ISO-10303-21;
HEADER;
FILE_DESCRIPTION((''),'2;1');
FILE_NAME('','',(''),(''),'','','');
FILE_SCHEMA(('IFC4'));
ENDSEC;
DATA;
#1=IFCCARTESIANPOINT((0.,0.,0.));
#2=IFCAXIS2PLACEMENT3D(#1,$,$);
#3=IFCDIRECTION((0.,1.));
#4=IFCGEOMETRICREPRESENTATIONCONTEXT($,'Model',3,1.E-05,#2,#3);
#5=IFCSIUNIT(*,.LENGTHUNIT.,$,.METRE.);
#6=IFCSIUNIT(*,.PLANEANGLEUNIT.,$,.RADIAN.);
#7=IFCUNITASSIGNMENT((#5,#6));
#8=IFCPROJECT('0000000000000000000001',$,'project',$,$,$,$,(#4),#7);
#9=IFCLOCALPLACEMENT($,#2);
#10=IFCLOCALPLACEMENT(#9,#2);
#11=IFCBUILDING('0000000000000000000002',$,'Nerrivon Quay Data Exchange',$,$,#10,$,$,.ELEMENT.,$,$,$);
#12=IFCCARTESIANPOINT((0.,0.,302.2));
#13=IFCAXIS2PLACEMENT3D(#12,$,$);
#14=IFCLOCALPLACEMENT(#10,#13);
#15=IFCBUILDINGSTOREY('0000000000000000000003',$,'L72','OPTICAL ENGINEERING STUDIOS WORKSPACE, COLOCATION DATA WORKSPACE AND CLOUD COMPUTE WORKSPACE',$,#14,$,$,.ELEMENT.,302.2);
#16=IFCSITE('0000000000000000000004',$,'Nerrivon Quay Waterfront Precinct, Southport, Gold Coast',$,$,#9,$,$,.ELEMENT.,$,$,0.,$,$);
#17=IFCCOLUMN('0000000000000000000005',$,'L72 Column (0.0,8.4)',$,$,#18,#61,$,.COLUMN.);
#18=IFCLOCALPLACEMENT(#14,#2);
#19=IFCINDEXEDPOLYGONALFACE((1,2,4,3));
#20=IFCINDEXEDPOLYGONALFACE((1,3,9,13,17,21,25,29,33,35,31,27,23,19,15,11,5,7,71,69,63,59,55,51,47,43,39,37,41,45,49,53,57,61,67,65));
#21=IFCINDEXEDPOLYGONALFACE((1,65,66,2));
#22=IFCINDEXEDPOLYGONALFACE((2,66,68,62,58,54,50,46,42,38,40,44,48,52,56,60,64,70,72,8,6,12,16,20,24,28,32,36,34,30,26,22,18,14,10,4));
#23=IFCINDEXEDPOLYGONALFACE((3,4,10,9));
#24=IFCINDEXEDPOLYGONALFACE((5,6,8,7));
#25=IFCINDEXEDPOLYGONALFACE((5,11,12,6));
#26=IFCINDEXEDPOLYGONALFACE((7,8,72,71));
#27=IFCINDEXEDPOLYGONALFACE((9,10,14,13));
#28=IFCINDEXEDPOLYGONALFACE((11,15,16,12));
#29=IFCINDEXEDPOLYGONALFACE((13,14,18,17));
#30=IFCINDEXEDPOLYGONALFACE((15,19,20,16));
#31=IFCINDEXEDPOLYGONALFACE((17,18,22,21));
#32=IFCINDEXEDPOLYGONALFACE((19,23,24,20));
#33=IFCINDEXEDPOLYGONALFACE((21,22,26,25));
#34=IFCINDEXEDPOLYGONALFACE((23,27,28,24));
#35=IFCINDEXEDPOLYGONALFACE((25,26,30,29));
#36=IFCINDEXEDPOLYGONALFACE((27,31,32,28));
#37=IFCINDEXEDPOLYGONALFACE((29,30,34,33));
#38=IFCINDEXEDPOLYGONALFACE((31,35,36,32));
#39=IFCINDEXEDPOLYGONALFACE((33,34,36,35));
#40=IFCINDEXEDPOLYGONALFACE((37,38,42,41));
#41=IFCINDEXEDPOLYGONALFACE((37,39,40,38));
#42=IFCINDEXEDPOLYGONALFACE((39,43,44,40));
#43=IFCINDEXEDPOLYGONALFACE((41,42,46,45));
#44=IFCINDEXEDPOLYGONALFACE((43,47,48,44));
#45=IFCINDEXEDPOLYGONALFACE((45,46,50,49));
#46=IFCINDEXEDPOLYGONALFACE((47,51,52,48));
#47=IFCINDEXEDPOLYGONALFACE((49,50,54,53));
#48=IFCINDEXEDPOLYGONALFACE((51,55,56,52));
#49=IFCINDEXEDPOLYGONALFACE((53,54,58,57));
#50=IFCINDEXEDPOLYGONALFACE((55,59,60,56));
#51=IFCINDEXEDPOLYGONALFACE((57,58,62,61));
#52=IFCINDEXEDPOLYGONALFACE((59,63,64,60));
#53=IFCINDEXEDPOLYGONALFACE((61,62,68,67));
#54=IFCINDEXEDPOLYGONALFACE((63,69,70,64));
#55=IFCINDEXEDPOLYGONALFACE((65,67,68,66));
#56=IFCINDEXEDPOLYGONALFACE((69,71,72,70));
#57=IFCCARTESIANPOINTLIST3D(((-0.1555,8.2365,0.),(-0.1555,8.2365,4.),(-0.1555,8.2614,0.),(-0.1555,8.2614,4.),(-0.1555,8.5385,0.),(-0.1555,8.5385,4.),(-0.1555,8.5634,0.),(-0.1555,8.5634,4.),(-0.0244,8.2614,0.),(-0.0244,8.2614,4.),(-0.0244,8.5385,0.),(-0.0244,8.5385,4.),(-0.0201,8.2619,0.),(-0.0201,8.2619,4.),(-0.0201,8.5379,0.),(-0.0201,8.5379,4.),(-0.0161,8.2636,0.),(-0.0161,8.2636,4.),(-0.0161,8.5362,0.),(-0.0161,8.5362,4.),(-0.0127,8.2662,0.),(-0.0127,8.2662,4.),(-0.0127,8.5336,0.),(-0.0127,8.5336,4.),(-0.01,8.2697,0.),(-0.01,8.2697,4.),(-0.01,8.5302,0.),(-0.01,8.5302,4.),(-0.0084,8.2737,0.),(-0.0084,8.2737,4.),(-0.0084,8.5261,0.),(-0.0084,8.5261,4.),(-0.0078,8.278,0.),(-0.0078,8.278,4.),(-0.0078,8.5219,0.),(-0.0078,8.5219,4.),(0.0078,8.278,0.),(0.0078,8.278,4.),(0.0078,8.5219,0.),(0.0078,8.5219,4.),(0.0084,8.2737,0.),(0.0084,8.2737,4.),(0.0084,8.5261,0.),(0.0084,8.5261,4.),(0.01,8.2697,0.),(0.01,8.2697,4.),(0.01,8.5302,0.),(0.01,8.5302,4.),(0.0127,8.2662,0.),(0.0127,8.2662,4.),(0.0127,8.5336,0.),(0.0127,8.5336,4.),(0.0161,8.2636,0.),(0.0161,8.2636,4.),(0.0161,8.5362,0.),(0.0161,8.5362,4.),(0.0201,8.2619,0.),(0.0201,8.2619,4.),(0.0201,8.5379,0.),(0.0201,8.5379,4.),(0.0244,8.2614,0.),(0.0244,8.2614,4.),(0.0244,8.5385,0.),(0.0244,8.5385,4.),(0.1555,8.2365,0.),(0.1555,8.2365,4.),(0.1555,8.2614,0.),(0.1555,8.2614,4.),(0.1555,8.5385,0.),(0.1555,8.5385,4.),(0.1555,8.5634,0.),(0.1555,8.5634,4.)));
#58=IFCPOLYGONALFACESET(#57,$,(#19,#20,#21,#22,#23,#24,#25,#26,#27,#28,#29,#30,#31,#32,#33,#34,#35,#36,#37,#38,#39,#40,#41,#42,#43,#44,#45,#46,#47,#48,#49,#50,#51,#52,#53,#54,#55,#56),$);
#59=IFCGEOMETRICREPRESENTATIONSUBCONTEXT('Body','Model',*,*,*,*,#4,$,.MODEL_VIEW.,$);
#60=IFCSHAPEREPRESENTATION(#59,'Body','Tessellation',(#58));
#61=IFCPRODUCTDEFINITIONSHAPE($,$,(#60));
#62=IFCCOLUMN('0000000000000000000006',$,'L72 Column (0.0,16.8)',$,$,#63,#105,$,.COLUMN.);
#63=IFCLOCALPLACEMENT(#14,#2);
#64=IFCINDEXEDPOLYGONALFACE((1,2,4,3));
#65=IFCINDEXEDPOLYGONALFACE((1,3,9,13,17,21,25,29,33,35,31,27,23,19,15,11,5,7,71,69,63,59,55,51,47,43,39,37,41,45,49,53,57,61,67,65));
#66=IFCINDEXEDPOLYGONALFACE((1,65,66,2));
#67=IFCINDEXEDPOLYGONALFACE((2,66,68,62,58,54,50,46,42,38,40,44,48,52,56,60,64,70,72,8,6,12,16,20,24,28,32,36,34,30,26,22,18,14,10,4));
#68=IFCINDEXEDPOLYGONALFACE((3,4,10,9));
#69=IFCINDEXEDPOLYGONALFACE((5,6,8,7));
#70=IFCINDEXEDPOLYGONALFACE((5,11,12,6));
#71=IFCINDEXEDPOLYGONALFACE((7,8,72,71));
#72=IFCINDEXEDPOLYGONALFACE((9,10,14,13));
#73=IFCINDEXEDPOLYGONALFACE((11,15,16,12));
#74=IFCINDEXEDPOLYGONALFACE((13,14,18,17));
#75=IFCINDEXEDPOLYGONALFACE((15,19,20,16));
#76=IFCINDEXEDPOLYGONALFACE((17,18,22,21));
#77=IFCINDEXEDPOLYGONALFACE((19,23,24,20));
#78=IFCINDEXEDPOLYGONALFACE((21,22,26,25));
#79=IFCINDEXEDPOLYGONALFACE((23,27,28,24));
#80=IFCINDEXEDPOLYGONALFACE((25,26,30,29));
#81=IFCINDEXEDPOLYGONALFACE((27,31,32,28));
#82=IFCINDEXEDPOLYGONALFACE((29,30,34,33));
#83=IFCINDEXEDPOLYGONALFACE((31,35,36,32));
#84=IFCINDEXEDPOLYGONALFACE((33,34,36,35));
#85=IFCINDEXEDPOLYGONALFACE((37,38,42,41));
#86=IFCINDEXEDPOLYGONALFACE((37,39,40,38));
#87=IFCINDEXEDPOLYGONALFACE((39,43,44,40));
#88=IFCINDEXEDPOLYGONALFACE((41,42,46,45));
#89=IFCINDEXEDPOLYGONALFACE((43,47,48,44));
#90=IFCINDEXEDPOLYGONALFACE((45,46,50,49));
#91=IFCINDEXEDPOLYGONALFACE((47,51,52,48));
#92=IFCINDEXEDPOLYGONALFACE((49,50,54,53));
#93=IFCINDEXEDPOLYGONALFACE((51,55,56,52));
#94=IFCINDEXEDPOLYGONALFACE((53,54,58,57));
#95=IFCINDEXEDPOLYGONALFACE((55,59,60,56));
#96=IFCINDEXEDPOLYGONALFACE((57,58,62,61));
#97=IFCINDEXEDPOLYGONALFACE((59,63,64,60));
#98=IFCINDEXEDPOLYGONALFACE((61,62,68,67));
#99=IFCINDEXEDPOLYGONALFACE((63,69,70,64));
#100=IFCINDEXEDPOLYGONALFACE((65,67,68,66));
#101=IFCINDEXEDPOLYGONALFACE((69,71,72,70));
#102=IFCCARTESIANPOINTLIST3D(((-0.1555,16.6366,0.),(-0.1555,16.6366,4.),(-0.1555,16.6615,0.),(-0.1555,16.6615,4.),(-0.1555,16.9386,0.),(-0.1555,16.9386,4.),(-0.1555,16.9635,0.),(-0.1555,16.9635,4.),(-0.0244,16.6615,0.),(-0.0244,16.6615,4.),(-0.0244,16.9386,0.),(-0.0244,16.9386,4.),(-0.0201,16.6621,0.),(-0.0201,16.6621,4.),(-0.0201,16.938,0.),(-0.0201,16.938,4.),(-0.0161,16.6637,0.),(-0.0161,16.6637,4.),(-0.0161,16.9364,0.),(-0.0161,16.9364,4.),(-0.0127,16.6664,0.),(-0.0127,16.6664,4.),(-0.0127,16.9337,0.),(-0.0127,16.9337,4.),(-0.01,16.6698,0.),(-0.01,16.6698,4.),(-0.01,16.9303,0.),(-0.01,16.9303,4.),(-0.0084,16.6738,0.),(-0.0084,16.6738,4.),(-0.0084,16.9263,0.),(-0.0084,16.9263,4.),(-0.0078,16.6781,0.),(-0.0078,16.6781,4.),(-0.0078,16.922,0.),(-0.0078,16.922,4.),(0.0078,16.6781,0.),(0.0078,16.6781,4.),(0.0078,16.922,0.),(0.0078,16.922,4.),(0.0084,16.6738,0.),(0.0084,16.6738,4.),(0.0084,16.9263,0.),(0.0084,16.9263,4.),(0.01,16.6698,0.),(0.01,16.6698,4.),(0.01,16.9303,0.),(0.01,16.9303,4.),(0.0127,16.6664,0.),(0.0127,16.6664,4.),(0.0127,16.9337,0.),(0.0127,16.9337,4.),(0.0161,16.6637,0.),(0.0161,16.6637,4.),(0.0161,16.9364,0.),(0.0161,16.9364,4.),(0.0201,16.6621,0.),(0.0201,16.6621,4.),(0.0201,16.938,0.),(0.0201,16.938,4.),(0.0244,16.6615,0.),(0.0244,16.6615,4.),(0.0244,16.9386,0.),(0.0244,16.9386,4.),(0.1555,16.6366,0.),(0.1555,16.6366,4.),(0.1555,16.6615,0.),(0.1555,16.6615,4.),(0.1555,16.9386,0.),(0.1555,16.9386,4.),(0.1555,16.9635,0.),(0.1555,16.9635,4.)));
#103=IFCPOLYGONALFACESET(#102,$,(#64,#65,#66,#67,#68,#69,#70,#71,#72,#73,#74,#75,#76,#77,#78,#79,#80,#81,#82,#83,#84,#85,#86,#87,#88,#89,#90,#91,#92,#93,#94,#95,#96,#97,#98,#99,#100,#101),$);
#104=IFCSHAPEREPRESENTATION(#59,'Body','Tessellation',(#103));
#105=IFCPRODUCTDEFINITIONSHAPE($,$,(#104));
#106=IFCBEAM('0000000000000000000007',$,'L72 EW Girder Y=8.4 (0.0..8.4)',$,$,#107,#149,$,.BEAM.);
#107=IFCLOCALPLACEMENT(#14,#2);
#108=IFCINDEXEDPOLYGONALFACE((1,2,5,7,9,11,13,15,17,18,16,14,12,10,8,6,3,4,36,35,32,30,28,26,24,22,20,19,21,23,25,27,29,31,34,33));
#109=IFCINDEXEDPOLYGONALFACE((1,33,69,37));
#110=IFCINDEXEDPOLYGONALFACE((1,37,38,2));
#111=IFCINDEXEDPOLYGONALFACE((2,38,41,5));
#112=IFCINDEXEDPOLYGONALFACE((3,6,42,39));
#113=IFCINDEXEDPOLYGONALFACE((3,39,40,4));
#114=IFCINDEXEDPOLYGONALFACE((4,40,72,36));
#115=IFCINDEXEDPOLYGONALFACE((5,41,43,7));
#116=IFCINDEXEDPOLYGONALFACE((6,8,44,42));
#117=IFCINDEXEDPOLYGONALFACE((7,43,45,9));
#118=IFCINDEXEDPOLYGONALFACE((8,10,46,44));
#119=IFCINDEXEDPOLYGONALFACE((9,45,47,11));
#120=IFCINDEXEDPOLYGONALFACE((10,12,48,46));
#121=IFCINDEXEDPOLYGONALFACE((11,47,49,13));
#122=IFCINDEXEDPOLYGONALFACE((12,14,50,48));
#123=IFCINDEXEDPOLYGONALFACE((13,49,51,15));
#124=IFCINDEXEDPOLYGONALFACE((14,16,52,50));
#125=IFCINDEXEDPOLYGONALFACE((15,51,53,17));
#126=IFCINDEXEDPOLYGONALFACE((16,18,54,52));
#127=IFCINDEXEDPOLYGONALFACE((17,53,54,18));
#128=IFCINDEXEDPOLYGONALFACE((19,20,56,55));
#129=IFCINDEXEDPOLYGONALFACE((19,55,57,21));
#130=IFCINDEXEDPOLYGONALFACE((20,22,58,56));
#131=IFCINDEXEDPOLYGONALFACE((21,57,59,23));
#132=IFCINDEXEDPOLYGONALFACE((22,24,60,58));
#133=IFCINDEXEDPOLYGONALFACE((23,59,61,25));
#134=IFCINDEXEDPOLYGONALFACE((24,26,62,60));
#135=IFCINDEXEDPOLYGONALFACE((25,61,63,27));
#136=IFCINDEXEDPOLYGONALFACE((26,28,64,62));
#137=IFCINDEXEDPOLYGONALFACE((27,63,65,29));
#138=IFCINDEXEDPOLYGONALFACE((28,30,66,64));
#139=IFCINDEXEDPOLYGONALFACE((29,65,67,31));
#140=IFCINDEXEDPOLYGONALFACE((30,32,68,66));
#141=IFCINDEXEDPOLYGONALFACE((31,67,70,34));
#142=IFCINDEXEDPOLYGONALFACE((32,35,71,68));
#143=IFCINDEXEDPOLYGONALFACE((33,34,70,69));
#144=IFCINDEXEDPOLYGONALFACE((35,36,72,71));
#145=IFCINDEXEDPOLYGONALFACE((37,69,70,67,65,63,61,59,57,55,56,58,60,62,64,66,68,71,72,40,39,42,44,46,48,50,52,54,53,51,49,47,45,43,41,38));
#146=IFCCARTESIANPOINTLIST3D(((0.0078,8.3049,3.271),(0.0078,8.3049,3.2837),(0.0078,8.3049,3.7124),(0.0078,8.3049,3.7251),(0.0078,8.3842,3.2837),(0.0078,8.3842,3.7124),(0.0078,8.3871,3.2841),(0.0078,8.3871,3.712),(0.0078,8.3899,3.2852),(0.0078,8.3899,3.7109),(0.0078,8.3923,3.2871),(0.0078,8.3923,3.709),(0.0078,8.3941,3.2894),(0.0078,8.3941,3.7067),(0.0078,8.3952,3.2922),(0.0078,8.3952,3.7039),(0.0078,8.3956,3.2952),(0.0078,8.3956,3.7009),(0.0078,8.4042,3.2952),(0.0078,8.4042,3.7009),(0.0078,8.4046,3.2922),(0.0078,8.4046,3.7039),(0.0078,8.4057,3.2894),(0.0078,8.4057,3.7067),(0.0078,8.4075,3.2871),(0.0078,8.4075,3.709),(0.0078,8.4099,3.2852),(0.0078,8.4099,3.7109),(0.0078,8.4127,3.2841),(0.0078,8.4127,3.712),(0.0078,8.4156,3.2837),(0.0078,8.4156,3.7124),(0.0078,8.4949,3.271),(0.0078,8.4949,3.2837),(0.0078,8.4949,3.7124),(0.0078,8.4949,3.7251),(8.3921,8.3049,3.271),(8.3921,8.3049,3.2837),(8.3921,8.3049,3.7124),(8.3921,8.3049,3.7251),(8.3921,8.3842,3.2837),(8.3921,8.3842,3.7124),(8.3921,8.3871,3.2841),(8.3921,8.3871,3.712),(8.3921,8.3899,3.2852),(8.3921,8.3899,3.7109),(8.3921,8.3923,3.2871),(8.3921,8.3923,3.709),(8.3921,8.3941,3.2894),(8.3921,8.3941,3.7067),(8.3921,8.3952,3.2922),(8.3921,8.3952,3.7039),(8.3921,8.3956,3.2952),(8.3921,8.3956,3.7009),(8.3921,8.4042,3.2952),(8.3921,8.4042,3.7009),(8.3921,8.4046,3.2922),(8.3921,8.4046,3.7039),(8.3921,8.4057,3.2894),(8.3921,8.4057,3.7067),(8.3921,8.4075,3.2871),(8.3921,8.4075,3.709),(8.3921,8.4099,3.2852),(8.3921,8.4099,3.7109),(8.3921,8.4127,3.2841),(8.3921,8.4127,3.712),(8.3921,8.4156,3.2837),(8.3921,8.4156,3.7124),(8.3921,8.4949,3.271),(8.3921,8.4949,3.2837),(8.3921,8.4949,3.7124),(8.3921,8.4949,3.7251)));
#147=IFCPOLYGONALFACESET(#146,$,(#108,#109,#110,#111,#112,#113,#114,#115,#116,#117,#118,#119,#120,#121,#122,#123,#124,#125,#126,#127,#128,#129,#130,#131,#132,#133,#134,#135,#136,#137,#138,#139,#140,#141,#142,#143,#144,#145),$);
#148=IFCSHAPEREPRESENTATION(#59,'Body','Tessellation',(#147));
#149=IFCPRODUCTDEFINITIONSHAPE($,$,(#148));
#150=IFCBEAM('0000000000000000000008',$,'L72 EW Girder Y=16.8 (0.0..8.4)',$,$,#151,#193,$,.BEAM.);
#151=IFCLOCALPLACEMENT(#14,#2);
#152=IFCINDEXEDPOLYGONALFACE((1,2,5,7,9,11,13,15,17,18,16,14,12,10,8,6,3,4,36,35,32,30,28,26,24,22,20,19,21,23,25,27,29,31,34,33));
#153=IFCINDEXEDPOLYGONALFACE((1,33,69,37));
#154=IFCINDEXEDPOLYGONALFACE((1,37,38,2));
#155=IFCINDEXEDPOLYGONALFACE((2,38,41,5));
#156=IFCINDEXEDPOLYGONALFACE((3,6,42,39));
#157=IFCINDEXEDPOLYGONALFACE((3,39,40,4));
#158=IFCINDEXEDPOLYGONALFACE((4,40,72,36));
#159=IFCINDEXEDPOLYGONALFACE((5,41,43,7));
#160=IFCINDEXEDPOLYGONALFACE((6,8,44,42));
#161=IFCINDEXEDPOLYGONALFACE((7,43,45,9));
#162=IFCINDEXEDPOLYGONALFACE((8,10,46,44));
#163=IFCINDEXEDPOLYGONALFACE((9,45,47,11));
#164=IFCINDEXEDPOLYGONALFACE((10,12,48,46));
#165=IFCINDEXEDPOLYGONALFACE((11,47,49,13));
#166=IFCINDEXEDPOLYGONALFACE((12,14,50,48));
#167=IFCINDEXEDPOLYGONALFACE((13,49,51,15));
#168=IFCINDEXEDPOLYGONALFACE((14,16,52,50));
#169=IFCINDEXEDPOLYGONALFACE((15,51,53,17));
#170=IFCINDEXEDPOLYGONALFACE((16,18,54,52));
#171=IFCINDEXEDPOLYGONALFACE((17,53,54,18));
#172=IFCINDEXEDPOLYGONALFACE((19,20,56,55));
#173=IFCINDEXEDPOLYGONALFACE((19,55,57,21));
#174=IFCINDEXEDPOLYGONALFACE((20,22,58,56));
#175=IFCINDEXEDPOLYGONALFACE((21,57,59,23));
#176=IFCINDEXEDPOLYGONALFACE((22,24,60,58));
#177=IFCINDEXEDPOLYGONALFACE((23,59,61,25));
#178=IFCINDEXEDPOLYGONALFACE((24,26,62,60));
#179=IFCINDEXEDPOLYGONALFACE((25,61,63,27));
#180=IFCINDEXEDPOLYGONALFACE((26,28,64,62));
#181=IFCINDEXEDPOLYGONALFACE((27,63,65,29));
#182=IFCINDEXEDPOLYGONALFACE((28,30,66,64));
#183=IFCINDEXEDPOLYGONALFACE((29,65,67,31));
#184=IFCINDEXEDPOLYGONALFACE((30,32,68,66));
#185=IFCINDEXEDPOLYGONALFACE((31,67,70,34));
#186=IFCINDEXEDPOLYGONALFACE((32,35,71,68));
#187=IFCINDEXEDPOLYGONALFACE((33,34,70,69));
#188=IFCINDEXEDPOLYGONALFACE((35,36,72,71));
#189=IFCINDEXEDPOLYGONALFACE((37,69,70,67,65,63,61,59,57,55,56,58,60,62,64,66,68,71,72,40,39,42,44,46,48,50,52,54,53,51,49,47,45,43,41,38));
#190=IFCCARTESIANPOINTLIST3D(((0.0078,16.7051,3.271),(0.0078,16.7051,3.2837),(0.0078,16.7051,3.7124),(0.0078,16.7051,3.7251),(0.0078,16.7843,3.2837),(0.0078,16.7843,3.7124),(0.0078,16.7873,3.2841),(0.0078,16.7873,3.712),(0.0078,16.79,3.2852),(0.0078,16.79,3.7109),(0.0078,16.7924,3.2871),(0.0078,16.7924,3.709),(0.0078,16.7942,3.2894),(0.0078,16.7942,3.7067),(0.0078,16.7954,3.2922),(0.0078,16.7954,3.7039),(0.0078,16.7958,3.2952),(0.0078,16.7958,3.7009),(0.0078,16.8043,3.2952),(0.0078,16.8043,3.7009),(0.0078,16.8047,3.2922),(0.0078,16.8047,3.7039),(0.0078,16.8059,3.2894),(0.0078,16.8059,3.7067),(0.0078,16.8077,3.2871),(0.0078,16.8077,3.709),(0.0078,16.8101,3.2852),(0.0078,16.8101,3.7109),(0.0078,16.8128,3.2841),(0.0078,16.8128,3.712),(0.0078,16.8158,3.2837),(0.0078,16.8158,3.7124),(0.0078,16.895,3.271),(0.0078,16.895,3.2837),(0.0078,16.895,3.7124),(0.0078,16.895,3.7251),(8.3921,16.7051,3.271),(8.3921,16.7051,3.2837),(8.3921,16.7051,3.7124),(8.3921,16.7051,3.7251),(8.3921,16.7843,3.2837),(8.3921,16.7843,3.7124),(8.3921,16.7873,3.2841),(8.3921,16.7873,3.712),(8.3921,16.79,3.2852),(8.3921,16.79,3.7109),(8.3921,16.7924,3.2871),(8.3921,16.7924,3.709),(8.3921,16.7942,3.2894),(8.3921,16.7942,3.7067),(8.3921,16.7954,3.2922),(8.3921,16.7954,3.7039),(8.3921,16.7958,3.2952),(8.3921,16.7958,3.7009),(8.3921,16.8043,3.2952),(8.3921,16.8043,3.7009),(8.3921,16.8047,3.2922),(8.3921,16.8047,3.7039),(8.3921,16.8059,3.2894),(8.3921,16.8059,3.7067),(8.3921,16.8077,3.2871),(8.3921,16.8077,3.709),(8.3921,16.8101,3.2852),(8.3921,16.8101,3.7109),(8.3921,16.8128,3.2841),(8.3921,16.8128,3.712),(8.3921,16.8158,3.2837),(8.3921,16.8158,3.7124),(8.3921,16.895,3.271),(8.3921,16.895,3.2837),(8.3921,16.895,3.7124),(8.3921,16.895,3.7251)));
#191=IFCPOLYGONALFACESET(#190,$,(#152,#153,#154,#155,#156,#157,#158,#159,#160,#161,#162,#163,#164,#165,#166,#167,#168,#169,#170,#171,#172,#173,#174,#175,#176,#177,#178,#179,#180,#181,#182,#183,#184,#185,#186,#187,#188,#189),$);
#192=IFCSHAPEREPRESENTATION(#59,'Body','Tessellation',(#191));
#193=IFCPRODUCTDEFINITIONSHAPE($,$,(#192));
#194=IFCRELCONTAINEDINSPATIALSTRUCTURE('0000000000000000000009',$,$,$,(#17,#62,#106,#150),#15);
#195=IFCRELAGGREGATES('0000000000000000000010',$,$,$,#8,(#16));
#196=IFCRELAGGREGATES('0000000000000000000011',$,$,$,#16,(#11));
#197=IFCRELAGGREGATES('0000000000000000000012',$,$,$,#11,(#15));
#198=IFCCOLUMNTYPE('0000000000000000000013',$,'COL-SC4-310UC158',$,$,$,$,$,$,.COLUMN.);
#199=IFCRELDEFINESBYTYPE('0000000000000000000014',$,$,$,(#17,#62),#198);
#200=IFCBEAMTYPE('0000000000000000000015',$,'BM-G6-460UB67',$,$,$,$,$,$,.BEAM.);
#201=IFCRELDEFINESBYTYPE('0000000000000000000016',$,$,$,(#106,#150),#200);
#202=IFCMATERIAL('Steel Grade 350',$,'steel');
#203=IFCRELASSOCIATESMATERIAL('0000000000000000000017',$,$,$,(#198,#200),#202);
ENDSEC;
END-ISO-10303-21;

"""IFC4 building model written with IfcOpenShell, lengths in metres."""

from ifc_helpers import new_model, si_unit, direction, frame, origin, origin_2d, place, context, subcontext, project, spatial, i_section, extrude, material, material_profile, profile_set, type_object, element, save


model = new_model("IFC4")

# Units and contexts
model_context = context("Model", 3, precision=1e-05, world=origin(), true_north=direction((0.0, 1.0)))
body_context = subcontext(model_context, "Body", "Model", "MODEL_VIEW")
ifc_project = project(units=[si_unit("LENGTHUNIT", "METRE"), si_unit("PLANEANGLEUNIT", "RADIAN")], contexts=[model_context])

# Site, building, storey
site_placement = place(None, origin())
site = spatial("IfcSite", under=ifc_project, at=site_placement, Name="Nerrivon Quay Waterfront Precinct, Southport, Gold Coast", CompositionType="ELEMENT", RefElevation=0.0)
building_placement = place(site_placement, origin())
building = spatial("IfcBuilding", under=site, at=building_placement, Name="Nerrivon Quay Data Exchange", CompositionType="ELEMENT")
storey_placement = place(building_placement, frame((0.0, 0.0, 302.2)))
storey = spatial("IfcBuildingStorey", under=building, at=storey_placement, Name="L72", Description="OPTICAL ENGINEERING STUDIOS WORKSPACE, COLOCATION DATA WORKSPACE AND CLOUD COMPUTE WORKSPACE", CompositionType="ELEMENT", Elevation=302.2)

# Columns
ifc_material_1 = material(Name="Steel Grade 350", Category="steel")
ifc_material_profile_1 = material_profile(ifc_material_1, i_section(OverallWidth=0.311, OverallDepth=0.3269, WebThickness=0.0156, FlangeThickness=0.0249, FilletRadius=0.0166, at=origin_2d()), Name="310UC158")
ifc_profile_set_1 = profile_set([ifc_material_profile_1], Name="Steel Grade 350")
column_type = type_object("IfcColumnType", Name="COL-SC4-310UC158", PredefinedType="COLUMN", material=ifc_profile_set_1)
for number, where, z_axis, x_axis, name in (
    (1, (0.0, 8.3999, 0.0), (0.0, 0.0, 1.0), (1.0, 0.0, 0.0), "L72 Column (0.0,8.4)"),
    (2, (0.0, 16.8, 0.0), (0.0, 0.0, 1.0), (1.0, 0.0, 0.0), "L72 Column (0.0,16.8)"),
):
    element("IfcColumn", number, at=place(storey_placement, frame(where, z_axis=z_axis, x_axis=x_axis)), inside=storey, type_object=column_type, Name=name, PredefinedType="COLUMN", context=body_context, shape_type="SweptSolid", body=[
        extrude(i_section(OverallWidth=0.311, OverallDepth=0.3269, WebThickness=0.0156, FlangeThickness=0.0249, FilletRadius=0.0166, at=origin_2d()), origin(), (0.0, 0.0, 1.0), 4.0),
    ])

# Beams
ifc_material_profile_2 = material_profile(ifc_material_1, i_section(OverallWidth=0.1899, OverallDepth=0.4541, WebThickness=0.0085, FlangeThickness=0.0127, FilletRadius=0.0115, at=origin_2d()), Name="460UB67.1")
ifc_profile_set_2 = profile_set([ifc_material_profile_2], Name="Steel Grade 350")
beam_type_1 = type_object("IfcBeamType", Name="BM-G6-460UB67", PredefinedType="BEAM", material=ifc_profile_set_2)
for number, where, z_axis, x_axis, name in (
    (3, (0.0078, 8.3999, 3.498), (1.0, 0.0, 0.0), (0.0, 1.0, 0.0), "L72 EW Girder Y=8.4 (0.0..8.4)"),
    (4, (0.0078, 16.8, 3.498), (1.0, 0.0, 0.0), (0.0, 1.0, 0.0), "L72 EW Girder Y=16.8 (0.0..8.4)"),
):
    element("IfcBeam", number, at=place(storey_placement, frame(where, z_axis=z_axis, x_axis=x_axis)), inside=storey, type_object=beam_type_1, Name=name, PredefinedType="BEAM", context=body_context, shape_type="SweptSolid", body=[
        extrude(i_section(OverallWidth=0.1899, OverallDepth=0.4541, WebThickness=0.0085, FlangeThickness=0.0127, FilletRadius=0.0115, at=origin_2d()), origin(), (0.0, 0.0, 1.0), 8.3843),
    ])

save(model, "model.ifc")
